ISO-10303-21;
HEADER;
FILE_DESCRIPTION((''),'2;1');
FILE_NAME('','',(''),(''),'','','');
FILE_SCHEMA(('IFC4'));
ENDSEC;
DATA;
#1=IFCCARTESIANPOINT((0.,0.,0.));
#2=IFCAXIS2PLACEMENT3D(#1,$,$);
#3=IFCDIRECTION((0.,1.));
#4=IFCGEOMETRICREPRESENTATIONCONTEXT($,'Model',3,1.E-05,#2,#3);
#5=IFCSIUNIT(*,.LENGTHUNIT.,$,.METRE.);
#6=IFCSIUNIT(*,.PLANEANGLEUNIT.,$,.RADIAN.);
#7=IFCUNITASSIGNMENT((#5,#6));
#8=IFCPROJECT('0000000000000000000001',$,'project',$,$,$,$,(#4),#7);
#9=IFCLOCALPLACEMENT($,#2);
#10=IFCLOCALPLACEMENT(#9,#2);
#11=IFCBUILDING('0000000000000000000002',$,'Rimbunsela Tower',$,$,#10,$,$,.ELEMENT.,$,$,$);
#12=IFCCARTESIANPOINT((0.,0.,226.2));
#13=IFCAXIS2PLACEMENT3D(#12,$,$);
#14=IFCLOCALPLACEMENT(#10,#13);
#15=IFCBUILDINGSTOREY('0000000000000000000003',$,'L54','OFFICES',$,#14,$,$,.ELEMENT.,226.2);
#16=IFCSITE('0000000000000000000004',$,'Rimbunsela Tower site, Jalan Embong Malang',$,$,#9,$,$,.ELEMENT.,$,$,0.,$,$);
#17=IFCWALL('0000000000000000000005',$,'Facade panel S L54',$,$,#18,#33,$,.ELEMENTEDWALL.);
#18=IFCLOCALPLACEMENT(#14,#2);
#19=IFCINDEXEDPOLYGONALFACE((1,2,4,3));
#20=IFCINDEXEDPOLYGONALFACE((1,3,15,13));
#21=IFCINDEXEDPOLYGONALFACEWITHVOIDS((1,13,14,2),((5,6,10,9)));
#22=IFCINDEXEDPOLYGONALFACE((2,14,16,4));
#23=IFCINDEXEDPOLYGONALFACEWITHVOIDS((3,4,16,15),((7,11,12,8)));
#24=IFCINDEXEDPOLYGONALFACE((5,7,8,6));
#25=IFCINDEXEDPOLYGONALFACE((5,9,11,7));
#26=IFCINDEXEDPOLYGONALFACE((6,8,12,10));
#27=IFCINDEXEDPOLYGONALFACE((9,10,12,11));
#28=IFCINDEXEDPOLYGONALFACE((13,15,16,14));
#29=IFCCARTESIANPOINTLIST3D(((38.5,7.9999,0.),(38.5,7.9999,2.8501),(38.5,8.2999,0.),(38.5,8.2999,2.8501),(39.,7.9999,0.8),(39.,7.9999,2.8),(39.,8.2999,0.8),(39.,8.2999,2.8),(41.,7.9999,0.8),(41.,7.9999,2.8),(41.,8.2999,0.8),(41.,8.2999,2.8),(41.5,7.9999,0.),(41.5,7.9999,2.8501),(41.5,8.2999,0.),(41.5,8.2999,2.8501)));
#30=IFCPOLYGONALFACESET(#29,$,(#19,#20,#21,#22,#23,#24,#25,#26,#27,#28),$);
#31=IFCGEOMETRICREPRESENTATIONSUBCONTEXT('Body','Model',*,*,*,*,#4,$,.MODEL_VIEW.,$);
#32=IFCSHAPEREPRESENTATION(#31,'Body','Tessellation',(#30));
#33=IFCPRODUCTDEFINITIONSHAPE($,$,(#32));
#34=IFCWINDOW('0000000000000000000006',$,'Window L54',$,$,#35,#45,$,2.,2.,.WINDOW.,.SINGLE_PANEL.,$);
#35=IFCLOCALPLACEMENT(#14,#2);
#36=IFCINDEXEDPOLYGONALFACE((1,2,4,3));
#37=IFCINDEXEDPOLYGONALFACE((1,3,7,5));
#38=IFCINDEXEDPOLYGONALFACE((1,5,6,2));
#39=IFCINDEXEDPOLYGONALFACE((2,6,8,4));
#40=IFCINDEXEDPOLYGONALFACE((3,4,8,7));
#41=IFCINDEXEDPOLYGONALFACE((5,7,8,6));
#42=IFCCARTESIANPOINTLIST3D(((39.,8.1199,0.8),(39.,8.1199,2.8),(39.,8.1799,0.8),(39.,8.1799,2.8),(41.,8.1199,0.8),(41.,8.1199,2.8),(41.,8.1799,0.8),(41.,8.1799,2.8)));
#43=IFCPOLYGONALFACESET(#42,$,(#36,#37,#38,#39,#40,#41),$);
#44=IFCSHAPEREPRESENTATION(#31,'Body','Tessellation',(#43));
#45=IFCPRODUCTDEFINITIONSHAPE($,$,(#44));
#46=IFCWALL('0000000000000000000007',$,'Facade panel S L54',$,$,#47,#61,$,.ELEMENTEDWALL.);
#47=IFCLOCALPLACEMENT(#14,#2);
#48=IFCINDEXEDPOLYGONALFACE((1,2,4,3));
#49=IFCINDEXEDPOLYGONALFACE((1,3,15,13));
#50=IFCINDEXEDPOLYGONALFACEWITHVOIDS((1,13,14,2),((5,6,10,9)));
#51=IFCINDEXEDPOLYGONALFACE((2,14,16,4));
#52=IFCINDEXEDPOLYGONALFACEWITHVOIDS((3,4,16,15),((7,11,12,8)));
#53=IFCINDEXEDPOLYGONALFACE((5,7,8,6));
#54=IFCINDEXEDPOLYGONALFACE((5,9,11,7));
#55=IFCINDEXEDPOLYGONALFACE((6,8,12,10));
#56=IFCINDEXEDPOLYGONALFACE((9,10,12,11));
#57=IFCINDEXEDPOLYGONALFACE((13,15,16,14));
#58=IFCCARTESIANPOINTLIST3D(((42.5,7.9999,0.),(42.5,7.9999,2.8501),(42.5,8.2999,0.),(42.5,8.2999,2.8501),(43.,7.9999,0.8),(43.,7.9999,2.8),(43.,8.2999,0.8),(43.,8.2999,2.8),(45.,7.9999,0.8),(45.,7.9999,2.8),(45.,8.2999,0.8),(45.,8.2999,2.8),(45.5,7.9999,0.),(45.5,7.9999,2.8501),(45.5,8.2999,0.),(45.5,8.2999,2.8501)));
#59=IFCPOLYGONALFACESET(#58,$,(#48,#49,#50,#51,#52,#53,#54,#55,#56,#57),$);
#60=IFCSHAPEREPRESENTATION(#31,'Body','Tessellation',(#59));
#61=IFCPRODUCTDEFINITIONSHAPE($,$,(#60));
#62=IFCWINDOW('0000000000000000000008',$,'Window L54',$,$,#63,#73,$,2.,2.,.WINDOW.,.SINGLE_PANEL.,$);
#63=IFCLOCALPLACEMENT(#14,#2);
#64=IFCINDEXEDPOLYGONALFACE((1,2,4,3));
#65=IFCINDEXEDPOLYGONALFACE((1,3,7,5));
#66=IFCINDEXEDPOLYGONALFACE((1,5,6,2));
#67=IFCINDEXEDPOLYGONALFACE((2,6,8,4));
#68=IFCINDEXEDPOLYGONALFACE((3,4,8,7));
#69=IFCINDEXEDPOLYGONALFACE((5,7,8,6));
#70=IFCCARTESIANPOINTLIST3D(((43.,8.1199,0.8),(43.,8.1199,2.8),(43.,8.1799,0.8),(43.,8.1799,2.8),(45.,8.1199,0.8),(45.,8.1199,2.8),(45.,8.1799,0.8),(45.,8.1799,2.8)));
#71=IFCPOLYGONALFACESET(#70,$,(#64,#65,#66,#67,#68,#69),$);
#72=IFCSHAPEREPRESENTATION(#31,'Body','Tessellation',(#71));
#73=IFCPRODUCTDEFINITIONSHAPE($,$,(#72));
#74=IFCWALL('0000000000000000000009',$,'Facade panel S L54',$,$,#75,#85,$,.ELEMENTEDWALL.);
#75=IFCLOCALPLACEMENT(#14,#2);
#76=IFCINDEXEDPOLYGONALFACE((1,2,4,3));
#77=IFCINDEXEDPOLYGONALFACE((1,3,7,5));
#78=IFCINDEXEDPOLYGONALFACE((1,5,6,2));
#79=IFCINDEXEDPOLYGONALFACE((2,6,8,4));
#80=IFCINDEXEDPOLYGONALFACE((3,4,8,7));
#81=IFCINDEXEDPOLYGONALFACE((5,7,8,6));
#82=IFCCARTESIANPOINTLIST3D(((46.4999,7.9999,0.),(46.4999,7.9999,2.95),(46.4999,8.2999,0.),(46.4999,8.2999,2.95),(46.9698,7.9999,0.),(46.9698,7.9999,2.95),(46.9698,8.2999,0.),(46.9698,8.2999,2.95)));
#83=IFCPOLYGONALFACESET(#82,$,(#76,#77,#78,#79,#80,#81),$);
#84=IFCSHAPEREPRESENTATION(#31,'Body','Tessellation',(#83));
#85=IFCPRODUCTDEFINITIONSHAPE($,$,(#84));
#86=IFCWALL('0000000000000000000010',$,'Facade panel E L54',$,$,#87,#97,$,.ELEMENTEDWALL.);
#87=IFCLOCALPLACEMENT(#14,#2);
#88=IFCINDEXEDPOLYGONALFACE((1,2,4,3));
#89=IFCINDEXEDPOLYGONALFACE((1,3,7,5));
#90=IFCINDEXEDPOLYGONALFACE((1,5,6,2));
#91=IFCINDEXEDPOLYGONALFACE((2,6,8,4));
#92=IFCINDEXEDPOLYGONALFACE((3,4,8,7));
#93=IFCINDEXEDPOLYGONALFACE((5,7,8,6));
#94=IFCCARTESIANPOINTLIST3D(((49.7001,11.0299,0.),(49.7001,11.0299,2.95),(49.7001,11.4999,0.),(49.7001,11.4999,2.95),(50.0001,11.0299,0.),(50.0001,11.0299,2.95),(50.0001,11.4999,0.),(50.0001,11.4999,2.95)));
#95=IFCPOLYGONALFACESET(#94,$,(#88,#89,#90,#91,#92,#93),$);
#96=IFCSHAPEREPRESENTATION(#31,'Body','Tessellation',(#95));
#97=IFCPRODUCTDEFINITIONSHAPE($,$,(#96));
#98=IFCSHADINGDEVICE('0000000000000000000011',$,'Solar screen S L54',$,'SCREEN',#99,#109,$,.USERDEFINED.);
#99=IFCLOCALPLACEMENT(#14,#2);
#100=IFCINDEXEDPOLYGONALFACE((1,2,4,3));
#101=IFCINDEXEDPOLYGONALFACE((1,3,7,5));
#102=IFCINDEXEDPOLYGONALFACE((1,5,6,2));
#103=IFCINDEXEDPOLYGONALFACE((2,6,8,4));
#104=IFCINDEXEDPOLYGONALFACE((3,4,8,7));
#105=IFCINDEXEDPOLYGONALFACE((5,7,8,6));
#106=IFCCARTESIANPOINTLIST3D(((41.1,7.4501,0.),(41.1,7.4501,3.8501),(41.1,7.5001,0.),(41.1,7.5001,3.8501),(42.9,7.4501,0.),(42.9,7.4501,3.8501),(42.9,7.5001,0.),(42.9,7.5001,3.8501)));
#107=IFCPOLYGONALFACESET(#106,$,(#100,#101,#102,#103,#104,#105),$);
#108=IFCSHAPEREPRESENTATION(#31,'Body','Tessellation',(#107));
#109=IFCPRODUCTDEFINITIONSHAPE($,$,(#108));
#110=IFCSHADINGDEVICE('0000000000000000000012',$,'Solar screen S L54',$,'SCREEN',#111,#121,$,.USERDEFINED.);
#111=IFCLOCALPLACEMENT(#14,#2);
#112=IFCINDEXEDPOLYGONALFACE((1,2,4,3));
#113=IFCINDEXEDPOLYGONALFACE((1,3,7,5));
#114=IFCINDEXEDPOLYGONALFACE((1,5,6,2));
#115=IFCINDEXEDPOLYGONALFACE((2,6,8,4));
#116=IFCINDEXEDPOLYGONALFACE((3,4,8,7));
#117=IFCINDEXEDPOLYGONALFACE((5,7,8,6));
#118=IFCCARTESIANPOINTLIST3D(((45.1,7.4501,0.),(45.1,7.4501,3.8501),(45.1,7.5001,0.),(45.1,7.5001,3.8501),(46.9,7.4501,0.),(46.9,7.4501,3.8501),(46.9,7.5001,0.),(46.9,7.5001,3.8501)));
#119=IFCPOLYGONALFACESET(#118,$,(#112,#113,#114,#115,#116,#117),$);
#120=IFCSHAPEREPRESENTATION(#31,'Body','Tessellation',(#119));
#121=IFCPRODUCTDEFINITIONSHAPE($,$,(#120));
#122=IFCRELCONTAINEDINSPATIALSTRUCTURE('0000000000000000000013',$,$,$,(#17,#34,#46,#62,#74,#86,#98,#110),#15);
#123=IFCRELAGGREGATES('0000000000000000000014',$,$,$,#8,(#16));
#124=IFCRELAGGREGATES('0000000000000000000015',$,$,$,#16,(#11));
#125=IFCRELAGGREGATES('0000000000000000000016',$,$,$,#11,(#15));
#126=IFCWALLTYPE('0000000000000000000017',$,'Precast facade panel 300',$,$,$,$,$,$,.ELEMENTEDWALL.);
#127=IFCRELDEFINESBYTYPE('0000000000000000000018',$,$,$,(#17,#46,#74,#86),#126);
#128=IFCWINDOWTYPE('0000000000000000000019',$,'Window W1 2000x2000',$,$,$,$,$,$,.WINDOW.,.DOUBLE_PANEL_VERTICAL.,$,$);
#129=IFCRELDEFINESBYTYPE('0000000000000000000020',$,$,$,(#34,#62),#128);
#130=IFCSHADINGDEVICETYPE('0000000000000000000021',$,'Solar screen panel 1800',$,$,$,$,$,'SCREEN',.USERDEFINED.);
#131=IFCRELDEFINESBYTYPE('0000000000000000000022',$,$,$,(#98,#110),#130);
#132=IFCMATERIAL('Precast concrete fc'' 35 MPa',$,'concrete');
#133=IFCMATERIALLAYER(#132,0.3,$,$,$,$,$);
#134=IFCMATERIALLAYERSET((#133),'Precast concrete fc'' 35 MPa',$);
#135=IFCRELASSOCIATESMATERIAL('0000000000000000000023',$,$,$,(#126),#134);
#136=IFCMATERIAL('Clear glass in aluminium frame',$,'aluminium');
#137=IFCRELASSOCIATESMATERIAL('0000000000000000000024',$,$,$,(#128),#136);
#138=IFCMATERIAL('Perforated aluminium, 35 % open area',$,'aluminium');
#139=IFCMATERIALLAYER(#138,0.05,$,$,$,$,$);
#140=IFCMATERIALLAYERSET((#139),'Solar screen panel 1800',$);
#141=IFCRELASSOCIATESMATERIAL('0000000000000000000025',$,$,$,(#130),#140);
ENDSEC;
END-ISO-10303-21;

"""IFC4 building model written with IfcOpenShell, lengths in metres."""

from ifc_helpers import new_model, si_unit, direction, frame, frame_2d, origin, origin_2d, place, context, subcontext, project, spatial, rectangle, extrude, material, layer, layer_set, type_object, element, fill, save


model = new_model("IFC4")

# Units and contexts
model_context = context("Model", 3, precision=1e-05, world=origin(), true_north=direction((0.0, 1.0)))
body_context = subcontext(model_context, "Body", "Model", "MODEL_VIEW")
ifc_project = project(units=[si_unit("LENGTHUNIT", "METRE"), si_unit("PLANEANGLEUNIT", "RADIAN")], contexts=[model_context])

# Site, building, storey
site_placement = place(None, origin())
site = spatial("IfcSite", under=ifc_project, at=site_placement, Name="Rimbunsela Tower site, Jalan Embong Malang", CompositionType="ELEMENT", RefElevation=0.0)
building_placement = place(site_placement, origin())
building = spatial("IfcBuilding", under=site, at=building_placement, Name="Rimbunsela Tower", CompositionType="ELEMENT")
storey_placement = place(building_placement, frame((0.0, 0.0, 226.2)))
storey = spatial("IfcBuildingStorey", under=building, at=storey_placement, Name="L54", Description="OFFICES", CompositionType="ELEMENT", Elevation=226.2)

# Walls, openings, windows
ifc_material_1 = material(Name="Precast concrete fc' 35 MPa", Category="concrete")
ifc_layer_1 = layer(ifc_material_1, 0.3)
ifc_layer_set_1 = layer_set([ifc_layer_1], Name="Precast concrete fc' 35 MPa")
wall_type = type_object("IfcWallType", Name="Precast facade panel 300", PredefinedType="ELEMENTEDWALL", material=ifc_layer_set_1)
wall_1_placement = place(storey_placement, frame((38.5, 8.1499, 0.0), z_axis=(0.0, 0.0, 1.0), x_axis=(1.0, 0.0, 0.0)))
wall_1 = element("IfcWall", 1, at=wall_1_placement, inside=storey, type_object=wall_type, Name="Facade panel S L54", PredefinedType="ELEMENTEDWALL", context=body_context, shape_type="SweptSolid", body=[
    extrude(rectangle(XDim=3.0, YDim=0.3, at=frame_2d((1.5, 0.0))), origin(), (0.0, 0.0, 1.0), 2.8501),
])
opening_1_placement = place(wall_1_placement, frame((0.5, 0.0, 0.8)))
opening_1 = element("IfcOpeningElement", 2, at=opening_1_placement, cuts=wall_1, PredefinedType="OPENING", context=body_context, shape_type="SweptSolid", body=[
    extrude(rectangle(XDim=2.0, YDim=2.0, at=frame_2d((1.0, 1.0))), frame((0.0, 0.1599, 0.0), z_axis=(0.0, -1.0, 0.0), x_axis=(1.0, 0.0, 0.0)), (0.0, 0.0, 1.0), 0.3201),
])
ifc_material_2 = material(Name="Clear glass in aluminium frame", Category="aluminium")
window_type = type_object("IfcWindowType", Name="Window W1 2000x2000", PartitioningType="DOUBLE_PANEL_VERTICAL", PredefinedType="WINDOW", material=ifc_material_2)
window_1_placement = place(opening_1_placement, origin())
window_1 = element("IfcWindow", 3, at=window_1_placement, inside=storey, type_object=window_type, Name="Window L54", OverallHeight=2.0, OverallWidth=2.0, PartitioningType="SINGLE_PANEL", PredefinedType="WINDOW", context=body_context, shape_type="SweptSolid", body=[
    extrude(rectangle(XDim=2.0, YDim=2.0, at=frame_2d((1.0, 1.0))), frame((0.0, 0.03, 0.0), z_axis=(0.0, -1.0, 0.0), x_axis=(1.0, 0.0, 0.0)), (0.0, 0.0, 1.0), 0.0601),
])
fill(opening_1, window_1)
wall_2_placement = place(storey_placement, frame((42.5, 8.1499, 0.0), z_axis=(0.0, 0.0, 1.0), x_axis=(1.0, 0.0, 0.0)))
wall_2 = element("IfcWall", 4, at=wall_2_placement, inside=storey, type_object=wall_type, Name="Facade panel S L54", PredefinedType="ELEMENTEDWALL", context=body_context, shape_type="SweptSolid", body=[
    extrude(rectangle(XDim=3.0, YDim=0.3, at=frame_2d((1.5, 0.0))), origin(), (0.0, 0.0, 1.0), 2.8501),
])
opening_2_placement = place(wall_2_placement, frame((0.5, 0.0, 0.8)))
opening_2 = element("IfcOpeningElement", 5, at=opening_2_placement, cuts=wall_2, PredefinedType="OPENING", context=body_context, shape_type="SweptSolid", body=[
    extrude(rectangle(XDim=2.0, YDim=2.0, at=frame_2d((1.0, 1.0))), frame((0.0, 0.1599, 0.0), z_axis=(0.0, -1.0, 0.0), x_axis=(1.0, 0.0, 0.0)), (0.0, 0.0, 1.0), 0.3201),
])
window_2_placement = place(opening_2_placement, origin())
window_2 = element("IfcWindow", 6, at=window_2_placement, inside=storey, type_object=window_type, Name="Window L54", OverallHeight=2.0, OverallWidth=2.0, PartitioningType="SINGLE_PANEL", PredefinedType="WINDOW", context=body_context, shape_type="SweptSolid", body=[
    extrude(rectangle(XDim=2.0, YDim=2.0, at=frame_2d((1.0, 1.0))), frame((0.0, 0.03, 0.0), z_axis=(0.0, -1.0, 0.0), x_axis=(1.0, 0.0, 0.0)), (0.0, 0.0, 1.0), 0.0601),
])
fill(opening_2, window_2)

# Walls
for number, where, z_axis, x_axis, name in (
    (7, (46.5, 8.1499, 0.0), (0.0, 0.0, 1.0), (1.0, 0.0, 0.0), "Facade panel S L54"),
    (8, (49.8501, 11.03, 0.0), (0.0, 0.0, 1.0), (0.0, 1.0, 0.0), "Facade panel E L54"),
):
    element("IfcWall", number, at=place(storey_placement, frame(where, z_axis=z_axis, x_axis=x_axis)), inside=storey, type_object=wall_type, Name=name, PredefinedType="ELEMENTEDWALL", context=body_context, shape_type="SweptSolid", body=[
        extrude(rectangle(XDim=0.47, YDim=0.3, at=frame_2d((0.2349, 0.0))), origin(), (0.0, 0.0, 1.0), 2.95),
    ])

# Shading devices
ifc_material_3 = material(Name="Perforated aluminium, 35 % open area", Category="aluminium")
ifc_layer_2 = layer(ifc_material_3, 0.05)
ifc_layer_set_2 = layer_set([ifc_layer_2], Name="Solar screen panel 1800")
shading_device_type = type_object("IfcShadingDeviceType", Name="Solar screen panel 1800", ElementType="SCREEN", PredefinedType="USERDEFINED", material=ifc_layer_set_2)
for number, where, z_axis, x_axis, name in (
    (9, (42.0, 7.4751, 0.0), (0.0, 0.0, 1.0), (1.0, 0.0, 0.0), "Solar screen S L54"),
    (10, (46.0, 7.4751, 0.0), (0.0, 0.0, 1.0), (1.0, 0.0, 0.0), "Solar screen S L54"),
):
    element("IfcShadingDevice", number, at=place(storey_placement, frame(where, z_axis=z_axis, x_axis=x_axis)), inside=storey, type_object=shading_device_type, Name=name, ObjectType="SCREEN", PredefinedType="USERDEFINED", context=body_context, shape_type="SweptSolid", body=[
        extrude(rectangle(XDim=1.8, YDim=0.05, at=origin_2d()), origin(), (0.0, 0.0, 1.0), 3.8501),
    ])

save(model, "model.ifc")
